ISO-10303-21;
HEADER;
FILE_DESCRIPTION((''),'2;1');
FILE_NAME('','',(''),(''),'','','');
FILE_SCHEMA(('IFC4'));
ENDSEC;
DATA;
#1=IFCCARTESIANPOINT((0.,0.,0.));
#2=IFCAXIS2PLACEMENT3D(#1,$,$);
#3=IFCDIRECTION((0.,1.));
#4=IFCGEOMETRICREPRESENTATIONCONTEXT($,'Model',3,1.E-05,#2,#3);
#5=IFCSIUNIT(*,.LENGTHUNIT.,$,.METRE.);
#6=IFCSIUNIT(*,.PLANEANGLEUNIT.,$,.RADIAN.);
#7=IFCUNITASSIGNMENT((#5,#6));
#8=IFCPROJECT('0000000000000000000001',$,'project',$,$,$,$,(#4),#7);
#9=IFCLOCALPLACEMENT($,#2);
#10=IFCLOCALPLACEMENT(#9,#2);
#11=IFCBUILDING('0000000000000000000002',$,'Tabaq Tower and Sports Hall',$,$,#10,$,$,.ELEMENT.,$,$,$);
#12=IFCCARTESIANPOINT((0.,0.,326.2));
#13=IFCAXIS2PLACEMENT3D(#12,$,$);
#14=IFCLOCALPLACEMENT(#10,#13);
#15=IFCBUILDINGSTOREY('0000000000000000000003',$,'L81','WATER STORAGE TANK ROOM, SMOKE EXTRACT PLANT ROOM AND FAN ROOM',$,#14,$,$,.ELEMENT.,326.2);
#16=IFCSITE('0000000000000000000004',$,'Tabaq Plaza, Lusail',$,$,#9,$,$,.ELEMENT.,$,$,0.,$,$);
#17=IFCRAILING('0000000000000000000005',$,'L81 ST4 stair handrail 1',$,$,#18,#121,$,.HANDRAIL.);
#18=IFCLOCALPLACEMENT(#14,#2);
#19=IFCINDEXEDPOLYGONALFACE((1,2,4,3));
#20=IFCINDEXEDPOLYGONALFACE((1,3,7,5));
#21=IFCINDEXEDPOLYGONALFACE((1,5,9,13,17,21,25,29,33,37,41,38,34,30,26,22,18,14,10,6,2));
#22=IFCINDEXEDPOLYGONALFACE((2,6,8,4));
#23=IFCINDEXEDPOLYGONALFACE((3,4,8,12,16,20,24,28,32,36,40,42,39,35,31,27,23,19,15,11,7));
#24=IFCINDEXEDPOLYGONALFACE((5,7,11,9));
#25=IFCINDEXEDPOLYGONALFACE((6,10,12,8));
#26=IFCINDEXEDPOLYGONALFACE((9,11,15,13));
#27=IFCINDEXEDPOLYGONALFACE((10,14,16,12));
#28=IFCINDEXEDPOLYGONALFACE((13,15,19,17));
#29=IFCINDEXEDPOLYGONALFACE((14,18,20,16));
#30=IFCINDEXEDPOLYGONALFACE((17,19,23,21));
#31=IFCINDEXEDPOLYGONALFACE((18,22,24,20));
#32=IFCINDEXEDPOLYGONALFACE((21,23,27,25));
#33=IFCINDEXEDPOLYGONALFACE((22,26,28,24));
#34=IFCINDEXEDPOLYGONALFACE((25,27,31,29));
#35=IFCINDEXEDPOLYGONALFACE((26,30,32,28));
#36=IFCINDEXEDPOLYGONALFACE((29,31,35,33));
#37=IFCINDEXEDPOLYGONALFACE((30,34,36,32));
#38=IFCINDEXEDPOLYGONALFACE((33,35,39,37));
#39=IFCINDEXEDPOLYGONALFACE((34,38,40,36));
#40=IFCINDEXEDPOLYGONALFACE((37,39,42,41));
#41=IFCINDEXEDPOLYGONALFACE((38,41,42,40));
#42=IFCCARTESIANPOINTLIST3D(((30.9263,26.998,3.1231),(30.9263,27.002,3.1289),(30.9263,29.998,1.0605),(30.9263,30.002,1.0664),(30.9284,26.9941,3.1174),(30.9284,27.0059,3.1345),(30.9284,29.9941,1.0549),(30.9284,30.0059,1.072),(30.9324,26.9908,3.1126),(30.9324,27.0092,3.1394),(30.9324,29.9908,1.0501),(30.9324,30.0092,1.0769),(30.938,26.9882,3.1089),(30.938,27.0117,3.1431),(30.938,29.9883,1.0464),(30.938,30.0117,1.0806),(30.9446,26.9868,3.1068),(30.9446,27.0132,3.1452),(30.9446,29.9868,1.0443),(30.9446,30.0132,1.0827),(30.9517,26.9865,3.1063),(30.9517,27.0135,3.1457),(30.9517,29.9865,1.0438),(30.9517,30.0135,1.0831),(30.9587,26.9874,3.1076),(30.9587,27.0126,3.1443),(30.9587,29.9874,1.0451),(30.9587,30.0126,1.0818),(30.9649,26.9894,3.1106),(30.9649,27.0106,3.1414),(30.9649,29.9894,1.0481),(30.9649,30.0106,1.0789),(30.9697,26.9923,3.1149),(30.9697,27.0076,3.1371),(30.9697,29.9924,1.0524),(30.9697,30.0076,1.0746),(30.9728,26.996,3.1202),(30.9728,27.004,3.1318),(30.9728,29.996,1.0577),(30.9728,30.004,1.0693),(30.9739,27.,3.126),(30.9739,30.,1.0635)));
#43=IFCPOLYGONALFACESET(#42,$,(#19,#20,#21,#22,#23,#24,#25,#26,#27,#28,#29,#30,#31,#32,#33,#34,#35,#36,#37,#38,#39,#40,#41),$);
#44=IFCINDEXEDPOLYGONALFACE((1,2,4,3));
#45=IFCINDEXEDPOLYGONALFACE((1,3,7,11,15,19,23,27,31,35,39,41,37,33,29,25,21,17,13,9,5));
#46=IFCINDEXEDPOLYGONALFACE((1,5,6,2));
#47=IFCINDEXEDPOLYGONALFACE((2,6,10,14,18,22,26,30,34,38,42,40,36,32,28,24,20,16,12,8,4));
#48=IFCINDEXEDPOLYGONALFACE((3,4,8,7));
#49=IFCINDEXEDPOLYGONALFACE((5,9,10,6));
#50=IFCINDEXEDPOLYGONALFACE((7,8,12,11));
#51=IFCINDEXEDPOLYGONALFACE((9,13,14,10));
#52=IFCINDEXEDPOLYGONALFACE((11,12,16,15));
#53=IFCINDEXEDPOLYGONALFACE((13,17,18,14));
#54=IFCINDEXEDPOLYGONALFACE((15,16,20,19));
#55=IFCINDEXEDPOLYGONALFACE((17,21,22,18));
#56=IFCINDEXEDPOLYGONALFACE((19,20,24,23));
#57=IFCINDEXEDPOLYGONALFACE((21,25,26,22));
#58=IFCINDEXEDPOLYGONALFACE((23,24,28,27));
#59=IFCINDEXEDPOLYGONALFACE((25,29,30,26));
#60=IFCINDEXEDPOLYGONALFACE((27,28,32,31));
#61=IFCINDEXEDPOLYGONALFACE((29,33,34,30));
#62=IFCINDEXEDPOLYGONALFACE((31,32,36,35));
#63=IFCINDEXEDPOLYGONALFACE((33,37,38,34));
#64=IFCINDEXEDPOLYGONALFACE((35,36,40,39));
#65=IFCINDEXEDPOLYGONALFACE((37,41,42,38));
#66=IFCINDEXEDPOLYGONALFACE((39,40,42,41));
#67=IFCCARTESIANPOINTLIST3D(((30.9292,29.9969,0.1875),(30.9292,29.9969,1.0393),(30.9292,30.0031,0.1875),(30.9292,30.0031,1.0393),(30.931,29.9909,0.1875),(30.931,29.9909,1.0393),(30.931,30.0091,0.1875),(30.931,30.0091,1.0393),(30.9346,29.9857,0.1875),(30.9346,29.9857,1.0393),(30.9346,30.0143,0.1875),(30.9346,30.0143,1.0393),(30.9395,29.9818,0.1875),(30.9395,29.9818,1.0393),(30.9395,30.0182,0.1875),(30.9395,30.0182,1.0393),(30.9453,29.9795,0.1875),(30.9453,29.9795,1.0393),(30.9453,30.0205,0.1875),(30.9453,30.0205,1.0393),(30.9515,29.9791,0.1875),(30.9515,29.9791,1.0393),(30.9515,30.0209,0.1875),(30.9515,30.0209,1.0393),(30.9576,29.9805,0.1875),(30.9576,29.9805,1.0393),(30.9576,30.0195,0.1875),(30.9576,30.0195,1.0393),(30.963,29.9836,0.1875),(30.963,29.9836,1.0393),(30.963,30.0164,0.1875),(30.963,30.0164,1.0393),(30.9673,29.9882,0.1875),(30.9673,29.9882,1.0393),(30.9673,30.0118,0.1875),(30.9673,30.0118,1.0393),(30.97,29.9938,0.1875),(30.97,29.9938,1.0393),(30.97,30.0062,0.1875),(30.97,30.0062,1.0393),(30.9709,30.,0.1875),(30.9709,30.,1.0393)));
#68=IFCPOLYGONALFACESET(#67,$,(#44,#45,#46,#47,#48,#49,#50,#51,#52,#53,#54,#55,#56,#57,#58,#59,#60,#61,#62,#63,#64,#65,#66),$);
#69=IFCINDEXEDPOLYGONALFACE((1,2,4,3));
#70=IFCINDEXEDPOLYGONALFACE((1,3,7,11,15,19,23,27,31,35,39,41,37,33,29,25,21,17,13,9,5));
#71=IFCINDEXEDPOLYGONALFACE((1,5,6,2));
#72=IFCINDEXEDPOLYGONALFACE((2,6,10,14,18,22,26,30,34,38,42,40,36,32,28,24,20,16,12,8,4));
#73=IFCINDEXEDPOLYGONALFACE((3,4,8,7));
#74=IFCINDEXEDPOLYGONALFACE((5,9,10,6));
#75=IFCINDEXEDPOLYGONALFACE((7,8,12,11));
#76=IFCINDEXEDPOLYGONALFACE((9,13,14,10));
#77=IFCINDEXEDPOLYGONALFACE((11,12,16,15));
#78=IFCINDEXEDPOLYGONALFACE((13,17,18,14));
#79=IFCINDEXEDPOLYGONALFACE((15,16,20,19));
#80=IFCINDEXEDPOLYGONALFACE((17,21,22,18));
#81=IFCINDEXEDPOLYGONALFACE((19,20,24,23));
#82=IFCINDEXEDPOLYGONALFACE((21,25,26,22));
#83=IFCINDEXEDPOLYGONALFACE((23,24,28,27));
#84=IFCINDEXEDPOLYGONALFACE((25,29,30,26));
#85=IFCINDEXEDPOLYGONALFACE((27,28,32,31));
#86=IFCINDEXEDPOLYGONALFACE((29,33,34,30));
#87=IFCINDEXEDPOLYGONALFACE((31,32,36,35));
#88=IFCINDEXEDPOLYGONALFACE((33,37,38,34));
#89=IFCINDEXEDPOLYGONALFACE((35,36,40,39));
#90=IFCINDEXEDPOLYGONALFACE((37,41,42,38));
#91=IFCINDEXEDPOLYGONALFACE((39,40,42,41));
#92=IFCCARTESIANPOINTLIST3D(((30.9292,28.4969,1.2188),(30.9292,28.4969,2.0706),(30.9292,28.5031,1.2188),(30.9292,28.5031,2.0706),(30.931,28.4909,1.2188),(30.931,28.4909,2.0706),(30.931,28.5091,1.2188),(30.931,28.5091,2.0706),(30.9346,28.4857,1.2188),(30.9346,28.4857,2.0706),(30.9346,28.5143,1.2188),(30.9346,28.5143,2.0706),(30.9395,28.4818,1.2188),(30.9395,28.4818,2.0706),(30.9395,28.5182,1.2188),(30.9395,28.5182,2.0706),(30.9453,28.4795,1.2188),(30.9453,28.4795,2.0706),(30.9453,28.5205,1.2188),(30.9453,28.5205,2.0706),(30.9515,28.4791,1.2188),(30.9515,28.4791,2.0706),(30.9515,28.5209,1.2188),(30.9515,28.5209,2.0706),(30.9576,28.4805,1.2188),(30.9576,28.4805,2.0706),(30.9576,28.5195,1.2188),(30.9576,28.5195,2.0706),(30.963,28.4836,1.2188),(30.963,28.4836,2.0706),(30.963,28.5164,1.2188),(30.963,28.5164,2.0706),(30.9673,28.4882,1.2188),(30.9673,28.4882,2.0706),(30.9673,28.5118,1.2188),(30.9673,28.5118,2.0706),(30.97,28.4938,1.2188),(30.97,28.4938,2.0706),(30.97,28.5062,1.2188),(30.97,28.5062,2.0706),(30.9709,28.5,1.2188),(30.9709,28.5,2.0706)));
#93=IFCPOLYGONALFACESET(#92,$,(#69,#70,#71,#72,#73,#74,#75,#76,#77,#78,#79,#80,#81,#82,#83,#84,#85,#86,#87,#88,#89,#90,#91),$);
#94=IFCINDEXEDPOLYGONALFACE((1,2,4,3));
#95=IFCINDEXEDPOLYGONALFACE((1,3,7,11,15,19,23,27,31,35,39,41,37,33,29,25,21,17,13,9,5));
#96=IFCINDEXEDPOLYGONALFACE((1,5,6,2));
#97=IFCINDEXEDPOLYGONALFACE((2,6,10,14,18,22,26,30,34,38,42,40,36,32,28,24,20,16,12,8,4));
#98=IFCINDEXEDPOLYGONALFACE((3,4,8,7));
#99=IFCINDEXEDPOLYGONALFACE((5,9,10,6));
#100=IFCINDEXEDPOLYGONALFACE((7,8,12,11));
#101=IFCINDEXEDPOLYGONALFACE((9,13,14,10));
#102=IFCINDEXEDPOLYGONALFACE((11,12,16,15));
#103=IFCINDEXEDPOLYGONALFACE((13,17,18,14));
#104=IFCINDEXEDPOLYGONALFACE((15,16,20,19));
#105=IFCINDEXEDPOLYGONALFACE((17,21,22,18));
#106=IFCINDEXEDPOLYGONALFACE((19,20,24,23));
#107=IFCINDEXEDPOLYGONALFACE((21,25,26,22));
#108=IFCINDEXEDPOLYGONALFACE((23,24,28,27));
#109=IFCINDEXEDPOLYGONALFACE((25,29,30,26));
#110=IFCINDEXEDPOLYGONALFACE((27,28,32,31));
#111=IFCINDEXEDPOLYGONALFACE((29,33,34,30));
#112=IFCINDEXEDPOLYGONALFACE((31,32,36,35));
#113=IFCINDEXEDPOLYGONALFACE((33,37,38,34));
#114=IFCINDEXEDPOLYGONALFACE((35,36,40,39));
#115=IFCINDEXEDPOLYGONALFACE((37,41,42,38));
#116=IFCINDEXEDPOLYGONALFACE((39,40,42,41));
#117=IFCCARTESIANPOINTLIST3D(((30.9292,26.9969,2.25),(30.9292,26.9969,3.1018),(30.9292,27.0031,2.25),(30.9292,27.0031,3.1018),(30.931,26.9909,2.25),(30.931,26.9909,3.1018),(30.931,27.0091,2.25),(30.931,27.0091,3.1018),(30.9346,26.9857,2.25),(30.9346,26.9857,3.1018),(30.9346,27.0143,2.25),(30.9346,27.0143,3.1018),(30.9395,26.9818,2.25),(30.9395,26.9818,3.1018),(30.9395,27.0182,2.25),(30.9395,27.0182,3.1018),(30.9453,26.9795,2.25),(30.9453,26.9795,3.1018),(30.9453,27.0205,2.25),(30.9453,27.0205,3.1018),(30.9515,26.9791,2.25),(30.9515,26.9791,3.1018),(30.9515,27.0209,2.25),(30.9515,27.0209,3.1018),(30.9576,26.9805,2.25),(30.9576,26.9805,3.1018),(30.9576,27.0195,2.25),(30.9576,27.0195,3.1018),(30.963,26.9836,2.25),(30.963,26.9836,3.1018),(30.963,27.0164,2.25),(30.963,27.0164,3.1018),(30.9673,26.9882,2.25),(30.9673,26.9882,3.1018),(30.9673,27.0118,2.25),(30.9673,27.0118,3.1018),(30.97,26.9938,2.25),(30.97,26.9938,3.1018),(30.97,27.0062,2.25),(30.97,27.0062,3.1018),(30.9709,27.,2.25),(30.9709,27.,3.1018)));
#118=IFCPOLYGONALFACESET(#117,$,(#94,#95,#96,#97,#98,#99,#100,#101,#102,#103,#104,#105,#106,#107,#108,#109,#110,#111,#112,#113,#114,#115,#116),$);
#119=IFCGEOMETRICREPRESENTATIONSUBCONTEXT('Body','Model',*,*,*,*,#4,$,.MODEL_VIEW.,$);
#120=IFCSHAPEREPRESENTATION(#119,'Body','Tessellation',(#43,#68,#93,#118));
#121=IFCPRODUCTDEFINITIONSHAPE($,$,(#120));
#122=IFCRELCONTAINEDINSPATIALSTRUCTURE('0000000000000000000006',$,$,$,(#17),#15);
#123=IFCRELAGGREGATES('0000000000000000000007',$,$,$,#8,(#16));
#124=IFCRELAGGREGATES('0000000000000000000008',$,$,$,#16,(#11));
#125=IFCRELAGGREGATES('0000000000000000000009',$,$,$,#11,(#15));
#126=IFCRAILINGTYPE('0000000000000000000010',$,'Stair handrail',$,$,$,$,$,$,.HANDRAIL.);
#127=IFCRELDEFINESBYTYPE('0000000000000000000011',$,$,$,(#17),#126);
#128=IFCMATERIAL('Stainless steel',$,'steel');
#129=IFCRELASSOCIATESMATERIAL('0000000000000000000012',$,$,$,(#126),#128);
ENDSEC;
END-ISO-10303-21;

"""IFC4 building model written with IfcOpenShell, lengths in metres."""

from ifc_helpers import new_model, si_unit, direction, frame, origin, origin_2d, place, context, subcontext, project, spatial, circle, extrude, material, type_object, element, save


model = new_model("IFC4")

# Units and contexts
model_context = context("Model", 3, precision=1e-05, world=origin(), true_north=direction((0.0, 1.0)))
body_context = subcontext(model_context, "Body", "Model", "MODEL_VIEW")
ifc_project = project(units=[si_unit("LENGTHUNIT", "METRE"), si_unit("PLANEANGLEUNIT", "RADIAN")], contexts=[model_context])

# Site, building, storey
site_placement = place(None, origin())
site = spatial("IfcSite", under=ifc_project, at=site_placement, Name="Tabaq Plaza, Lusail", CompositionType="ELEMENT", RefElevation=0.0)
building_placement = place(site_placement, origin())
building = spatial("IfcBuilding", under=site, at=building_placement, Name="Tabaq Tower and Sports Hall", CompositionType="ELEMENT")
storey_placement = place(building_placement, frame((0.0, 0.0, 326.2)))
storey = spatial("IfcBuildingStorey", under=building, at=storey_placement, Name="L81", Description="WATER STORAGE TANK ROOM, SMOKE EXTRACT PLANT ROOM AND FAN ROOM", CompositionType="ELEMENT", Elevation=326.2)

# Railing
ifc_material_1 = material(Name="Stainless steel", Category="steel")
railing_type_1 = type_object("IfcRailingType", Name="Stair handrail", PredefinedType="HANDRAIL", material=ifc_material_1)
railing_1_placement = place(storey_placement, frame((30.95, 30.0, 0.1875)))
element("IfcRailing", 1, at=railing_1_placement, inside=storey, type_object=railing_type_1, Name="L81 ST4 stair handrail 1", PredefinedType="HANDRAIL", context=body_context, shape_type="SweptSolid", body=[
    extrude(circle(Radius=0.0239, at=origin_2d()), frame((0.0, 0.0, 0.876), z_axis=(0.0, -0.824042, 0.566529), x_axis=(1.0, 0.0, 0.0)), (0.0, 0.0, 1.0), 3.6406),
    extrude(circle(Radius=0.021, at=origin_2d()), origin(), (0.0, 0.0, 1.0), 0.8518),
    extrude(circle(Radius=0.021, at=origin_2d()), frame((0.0, -1.5, 1.0312)), (0.0, 0.0, 1.0), 0.8518),
    extrude(circle(Radius=0.021, at=origin_2d()), frame((0.0, -3.0, 2.0625)), (0.0, 0.0, 1.0), 0.8518),
])

save(model, "model.ifc")
